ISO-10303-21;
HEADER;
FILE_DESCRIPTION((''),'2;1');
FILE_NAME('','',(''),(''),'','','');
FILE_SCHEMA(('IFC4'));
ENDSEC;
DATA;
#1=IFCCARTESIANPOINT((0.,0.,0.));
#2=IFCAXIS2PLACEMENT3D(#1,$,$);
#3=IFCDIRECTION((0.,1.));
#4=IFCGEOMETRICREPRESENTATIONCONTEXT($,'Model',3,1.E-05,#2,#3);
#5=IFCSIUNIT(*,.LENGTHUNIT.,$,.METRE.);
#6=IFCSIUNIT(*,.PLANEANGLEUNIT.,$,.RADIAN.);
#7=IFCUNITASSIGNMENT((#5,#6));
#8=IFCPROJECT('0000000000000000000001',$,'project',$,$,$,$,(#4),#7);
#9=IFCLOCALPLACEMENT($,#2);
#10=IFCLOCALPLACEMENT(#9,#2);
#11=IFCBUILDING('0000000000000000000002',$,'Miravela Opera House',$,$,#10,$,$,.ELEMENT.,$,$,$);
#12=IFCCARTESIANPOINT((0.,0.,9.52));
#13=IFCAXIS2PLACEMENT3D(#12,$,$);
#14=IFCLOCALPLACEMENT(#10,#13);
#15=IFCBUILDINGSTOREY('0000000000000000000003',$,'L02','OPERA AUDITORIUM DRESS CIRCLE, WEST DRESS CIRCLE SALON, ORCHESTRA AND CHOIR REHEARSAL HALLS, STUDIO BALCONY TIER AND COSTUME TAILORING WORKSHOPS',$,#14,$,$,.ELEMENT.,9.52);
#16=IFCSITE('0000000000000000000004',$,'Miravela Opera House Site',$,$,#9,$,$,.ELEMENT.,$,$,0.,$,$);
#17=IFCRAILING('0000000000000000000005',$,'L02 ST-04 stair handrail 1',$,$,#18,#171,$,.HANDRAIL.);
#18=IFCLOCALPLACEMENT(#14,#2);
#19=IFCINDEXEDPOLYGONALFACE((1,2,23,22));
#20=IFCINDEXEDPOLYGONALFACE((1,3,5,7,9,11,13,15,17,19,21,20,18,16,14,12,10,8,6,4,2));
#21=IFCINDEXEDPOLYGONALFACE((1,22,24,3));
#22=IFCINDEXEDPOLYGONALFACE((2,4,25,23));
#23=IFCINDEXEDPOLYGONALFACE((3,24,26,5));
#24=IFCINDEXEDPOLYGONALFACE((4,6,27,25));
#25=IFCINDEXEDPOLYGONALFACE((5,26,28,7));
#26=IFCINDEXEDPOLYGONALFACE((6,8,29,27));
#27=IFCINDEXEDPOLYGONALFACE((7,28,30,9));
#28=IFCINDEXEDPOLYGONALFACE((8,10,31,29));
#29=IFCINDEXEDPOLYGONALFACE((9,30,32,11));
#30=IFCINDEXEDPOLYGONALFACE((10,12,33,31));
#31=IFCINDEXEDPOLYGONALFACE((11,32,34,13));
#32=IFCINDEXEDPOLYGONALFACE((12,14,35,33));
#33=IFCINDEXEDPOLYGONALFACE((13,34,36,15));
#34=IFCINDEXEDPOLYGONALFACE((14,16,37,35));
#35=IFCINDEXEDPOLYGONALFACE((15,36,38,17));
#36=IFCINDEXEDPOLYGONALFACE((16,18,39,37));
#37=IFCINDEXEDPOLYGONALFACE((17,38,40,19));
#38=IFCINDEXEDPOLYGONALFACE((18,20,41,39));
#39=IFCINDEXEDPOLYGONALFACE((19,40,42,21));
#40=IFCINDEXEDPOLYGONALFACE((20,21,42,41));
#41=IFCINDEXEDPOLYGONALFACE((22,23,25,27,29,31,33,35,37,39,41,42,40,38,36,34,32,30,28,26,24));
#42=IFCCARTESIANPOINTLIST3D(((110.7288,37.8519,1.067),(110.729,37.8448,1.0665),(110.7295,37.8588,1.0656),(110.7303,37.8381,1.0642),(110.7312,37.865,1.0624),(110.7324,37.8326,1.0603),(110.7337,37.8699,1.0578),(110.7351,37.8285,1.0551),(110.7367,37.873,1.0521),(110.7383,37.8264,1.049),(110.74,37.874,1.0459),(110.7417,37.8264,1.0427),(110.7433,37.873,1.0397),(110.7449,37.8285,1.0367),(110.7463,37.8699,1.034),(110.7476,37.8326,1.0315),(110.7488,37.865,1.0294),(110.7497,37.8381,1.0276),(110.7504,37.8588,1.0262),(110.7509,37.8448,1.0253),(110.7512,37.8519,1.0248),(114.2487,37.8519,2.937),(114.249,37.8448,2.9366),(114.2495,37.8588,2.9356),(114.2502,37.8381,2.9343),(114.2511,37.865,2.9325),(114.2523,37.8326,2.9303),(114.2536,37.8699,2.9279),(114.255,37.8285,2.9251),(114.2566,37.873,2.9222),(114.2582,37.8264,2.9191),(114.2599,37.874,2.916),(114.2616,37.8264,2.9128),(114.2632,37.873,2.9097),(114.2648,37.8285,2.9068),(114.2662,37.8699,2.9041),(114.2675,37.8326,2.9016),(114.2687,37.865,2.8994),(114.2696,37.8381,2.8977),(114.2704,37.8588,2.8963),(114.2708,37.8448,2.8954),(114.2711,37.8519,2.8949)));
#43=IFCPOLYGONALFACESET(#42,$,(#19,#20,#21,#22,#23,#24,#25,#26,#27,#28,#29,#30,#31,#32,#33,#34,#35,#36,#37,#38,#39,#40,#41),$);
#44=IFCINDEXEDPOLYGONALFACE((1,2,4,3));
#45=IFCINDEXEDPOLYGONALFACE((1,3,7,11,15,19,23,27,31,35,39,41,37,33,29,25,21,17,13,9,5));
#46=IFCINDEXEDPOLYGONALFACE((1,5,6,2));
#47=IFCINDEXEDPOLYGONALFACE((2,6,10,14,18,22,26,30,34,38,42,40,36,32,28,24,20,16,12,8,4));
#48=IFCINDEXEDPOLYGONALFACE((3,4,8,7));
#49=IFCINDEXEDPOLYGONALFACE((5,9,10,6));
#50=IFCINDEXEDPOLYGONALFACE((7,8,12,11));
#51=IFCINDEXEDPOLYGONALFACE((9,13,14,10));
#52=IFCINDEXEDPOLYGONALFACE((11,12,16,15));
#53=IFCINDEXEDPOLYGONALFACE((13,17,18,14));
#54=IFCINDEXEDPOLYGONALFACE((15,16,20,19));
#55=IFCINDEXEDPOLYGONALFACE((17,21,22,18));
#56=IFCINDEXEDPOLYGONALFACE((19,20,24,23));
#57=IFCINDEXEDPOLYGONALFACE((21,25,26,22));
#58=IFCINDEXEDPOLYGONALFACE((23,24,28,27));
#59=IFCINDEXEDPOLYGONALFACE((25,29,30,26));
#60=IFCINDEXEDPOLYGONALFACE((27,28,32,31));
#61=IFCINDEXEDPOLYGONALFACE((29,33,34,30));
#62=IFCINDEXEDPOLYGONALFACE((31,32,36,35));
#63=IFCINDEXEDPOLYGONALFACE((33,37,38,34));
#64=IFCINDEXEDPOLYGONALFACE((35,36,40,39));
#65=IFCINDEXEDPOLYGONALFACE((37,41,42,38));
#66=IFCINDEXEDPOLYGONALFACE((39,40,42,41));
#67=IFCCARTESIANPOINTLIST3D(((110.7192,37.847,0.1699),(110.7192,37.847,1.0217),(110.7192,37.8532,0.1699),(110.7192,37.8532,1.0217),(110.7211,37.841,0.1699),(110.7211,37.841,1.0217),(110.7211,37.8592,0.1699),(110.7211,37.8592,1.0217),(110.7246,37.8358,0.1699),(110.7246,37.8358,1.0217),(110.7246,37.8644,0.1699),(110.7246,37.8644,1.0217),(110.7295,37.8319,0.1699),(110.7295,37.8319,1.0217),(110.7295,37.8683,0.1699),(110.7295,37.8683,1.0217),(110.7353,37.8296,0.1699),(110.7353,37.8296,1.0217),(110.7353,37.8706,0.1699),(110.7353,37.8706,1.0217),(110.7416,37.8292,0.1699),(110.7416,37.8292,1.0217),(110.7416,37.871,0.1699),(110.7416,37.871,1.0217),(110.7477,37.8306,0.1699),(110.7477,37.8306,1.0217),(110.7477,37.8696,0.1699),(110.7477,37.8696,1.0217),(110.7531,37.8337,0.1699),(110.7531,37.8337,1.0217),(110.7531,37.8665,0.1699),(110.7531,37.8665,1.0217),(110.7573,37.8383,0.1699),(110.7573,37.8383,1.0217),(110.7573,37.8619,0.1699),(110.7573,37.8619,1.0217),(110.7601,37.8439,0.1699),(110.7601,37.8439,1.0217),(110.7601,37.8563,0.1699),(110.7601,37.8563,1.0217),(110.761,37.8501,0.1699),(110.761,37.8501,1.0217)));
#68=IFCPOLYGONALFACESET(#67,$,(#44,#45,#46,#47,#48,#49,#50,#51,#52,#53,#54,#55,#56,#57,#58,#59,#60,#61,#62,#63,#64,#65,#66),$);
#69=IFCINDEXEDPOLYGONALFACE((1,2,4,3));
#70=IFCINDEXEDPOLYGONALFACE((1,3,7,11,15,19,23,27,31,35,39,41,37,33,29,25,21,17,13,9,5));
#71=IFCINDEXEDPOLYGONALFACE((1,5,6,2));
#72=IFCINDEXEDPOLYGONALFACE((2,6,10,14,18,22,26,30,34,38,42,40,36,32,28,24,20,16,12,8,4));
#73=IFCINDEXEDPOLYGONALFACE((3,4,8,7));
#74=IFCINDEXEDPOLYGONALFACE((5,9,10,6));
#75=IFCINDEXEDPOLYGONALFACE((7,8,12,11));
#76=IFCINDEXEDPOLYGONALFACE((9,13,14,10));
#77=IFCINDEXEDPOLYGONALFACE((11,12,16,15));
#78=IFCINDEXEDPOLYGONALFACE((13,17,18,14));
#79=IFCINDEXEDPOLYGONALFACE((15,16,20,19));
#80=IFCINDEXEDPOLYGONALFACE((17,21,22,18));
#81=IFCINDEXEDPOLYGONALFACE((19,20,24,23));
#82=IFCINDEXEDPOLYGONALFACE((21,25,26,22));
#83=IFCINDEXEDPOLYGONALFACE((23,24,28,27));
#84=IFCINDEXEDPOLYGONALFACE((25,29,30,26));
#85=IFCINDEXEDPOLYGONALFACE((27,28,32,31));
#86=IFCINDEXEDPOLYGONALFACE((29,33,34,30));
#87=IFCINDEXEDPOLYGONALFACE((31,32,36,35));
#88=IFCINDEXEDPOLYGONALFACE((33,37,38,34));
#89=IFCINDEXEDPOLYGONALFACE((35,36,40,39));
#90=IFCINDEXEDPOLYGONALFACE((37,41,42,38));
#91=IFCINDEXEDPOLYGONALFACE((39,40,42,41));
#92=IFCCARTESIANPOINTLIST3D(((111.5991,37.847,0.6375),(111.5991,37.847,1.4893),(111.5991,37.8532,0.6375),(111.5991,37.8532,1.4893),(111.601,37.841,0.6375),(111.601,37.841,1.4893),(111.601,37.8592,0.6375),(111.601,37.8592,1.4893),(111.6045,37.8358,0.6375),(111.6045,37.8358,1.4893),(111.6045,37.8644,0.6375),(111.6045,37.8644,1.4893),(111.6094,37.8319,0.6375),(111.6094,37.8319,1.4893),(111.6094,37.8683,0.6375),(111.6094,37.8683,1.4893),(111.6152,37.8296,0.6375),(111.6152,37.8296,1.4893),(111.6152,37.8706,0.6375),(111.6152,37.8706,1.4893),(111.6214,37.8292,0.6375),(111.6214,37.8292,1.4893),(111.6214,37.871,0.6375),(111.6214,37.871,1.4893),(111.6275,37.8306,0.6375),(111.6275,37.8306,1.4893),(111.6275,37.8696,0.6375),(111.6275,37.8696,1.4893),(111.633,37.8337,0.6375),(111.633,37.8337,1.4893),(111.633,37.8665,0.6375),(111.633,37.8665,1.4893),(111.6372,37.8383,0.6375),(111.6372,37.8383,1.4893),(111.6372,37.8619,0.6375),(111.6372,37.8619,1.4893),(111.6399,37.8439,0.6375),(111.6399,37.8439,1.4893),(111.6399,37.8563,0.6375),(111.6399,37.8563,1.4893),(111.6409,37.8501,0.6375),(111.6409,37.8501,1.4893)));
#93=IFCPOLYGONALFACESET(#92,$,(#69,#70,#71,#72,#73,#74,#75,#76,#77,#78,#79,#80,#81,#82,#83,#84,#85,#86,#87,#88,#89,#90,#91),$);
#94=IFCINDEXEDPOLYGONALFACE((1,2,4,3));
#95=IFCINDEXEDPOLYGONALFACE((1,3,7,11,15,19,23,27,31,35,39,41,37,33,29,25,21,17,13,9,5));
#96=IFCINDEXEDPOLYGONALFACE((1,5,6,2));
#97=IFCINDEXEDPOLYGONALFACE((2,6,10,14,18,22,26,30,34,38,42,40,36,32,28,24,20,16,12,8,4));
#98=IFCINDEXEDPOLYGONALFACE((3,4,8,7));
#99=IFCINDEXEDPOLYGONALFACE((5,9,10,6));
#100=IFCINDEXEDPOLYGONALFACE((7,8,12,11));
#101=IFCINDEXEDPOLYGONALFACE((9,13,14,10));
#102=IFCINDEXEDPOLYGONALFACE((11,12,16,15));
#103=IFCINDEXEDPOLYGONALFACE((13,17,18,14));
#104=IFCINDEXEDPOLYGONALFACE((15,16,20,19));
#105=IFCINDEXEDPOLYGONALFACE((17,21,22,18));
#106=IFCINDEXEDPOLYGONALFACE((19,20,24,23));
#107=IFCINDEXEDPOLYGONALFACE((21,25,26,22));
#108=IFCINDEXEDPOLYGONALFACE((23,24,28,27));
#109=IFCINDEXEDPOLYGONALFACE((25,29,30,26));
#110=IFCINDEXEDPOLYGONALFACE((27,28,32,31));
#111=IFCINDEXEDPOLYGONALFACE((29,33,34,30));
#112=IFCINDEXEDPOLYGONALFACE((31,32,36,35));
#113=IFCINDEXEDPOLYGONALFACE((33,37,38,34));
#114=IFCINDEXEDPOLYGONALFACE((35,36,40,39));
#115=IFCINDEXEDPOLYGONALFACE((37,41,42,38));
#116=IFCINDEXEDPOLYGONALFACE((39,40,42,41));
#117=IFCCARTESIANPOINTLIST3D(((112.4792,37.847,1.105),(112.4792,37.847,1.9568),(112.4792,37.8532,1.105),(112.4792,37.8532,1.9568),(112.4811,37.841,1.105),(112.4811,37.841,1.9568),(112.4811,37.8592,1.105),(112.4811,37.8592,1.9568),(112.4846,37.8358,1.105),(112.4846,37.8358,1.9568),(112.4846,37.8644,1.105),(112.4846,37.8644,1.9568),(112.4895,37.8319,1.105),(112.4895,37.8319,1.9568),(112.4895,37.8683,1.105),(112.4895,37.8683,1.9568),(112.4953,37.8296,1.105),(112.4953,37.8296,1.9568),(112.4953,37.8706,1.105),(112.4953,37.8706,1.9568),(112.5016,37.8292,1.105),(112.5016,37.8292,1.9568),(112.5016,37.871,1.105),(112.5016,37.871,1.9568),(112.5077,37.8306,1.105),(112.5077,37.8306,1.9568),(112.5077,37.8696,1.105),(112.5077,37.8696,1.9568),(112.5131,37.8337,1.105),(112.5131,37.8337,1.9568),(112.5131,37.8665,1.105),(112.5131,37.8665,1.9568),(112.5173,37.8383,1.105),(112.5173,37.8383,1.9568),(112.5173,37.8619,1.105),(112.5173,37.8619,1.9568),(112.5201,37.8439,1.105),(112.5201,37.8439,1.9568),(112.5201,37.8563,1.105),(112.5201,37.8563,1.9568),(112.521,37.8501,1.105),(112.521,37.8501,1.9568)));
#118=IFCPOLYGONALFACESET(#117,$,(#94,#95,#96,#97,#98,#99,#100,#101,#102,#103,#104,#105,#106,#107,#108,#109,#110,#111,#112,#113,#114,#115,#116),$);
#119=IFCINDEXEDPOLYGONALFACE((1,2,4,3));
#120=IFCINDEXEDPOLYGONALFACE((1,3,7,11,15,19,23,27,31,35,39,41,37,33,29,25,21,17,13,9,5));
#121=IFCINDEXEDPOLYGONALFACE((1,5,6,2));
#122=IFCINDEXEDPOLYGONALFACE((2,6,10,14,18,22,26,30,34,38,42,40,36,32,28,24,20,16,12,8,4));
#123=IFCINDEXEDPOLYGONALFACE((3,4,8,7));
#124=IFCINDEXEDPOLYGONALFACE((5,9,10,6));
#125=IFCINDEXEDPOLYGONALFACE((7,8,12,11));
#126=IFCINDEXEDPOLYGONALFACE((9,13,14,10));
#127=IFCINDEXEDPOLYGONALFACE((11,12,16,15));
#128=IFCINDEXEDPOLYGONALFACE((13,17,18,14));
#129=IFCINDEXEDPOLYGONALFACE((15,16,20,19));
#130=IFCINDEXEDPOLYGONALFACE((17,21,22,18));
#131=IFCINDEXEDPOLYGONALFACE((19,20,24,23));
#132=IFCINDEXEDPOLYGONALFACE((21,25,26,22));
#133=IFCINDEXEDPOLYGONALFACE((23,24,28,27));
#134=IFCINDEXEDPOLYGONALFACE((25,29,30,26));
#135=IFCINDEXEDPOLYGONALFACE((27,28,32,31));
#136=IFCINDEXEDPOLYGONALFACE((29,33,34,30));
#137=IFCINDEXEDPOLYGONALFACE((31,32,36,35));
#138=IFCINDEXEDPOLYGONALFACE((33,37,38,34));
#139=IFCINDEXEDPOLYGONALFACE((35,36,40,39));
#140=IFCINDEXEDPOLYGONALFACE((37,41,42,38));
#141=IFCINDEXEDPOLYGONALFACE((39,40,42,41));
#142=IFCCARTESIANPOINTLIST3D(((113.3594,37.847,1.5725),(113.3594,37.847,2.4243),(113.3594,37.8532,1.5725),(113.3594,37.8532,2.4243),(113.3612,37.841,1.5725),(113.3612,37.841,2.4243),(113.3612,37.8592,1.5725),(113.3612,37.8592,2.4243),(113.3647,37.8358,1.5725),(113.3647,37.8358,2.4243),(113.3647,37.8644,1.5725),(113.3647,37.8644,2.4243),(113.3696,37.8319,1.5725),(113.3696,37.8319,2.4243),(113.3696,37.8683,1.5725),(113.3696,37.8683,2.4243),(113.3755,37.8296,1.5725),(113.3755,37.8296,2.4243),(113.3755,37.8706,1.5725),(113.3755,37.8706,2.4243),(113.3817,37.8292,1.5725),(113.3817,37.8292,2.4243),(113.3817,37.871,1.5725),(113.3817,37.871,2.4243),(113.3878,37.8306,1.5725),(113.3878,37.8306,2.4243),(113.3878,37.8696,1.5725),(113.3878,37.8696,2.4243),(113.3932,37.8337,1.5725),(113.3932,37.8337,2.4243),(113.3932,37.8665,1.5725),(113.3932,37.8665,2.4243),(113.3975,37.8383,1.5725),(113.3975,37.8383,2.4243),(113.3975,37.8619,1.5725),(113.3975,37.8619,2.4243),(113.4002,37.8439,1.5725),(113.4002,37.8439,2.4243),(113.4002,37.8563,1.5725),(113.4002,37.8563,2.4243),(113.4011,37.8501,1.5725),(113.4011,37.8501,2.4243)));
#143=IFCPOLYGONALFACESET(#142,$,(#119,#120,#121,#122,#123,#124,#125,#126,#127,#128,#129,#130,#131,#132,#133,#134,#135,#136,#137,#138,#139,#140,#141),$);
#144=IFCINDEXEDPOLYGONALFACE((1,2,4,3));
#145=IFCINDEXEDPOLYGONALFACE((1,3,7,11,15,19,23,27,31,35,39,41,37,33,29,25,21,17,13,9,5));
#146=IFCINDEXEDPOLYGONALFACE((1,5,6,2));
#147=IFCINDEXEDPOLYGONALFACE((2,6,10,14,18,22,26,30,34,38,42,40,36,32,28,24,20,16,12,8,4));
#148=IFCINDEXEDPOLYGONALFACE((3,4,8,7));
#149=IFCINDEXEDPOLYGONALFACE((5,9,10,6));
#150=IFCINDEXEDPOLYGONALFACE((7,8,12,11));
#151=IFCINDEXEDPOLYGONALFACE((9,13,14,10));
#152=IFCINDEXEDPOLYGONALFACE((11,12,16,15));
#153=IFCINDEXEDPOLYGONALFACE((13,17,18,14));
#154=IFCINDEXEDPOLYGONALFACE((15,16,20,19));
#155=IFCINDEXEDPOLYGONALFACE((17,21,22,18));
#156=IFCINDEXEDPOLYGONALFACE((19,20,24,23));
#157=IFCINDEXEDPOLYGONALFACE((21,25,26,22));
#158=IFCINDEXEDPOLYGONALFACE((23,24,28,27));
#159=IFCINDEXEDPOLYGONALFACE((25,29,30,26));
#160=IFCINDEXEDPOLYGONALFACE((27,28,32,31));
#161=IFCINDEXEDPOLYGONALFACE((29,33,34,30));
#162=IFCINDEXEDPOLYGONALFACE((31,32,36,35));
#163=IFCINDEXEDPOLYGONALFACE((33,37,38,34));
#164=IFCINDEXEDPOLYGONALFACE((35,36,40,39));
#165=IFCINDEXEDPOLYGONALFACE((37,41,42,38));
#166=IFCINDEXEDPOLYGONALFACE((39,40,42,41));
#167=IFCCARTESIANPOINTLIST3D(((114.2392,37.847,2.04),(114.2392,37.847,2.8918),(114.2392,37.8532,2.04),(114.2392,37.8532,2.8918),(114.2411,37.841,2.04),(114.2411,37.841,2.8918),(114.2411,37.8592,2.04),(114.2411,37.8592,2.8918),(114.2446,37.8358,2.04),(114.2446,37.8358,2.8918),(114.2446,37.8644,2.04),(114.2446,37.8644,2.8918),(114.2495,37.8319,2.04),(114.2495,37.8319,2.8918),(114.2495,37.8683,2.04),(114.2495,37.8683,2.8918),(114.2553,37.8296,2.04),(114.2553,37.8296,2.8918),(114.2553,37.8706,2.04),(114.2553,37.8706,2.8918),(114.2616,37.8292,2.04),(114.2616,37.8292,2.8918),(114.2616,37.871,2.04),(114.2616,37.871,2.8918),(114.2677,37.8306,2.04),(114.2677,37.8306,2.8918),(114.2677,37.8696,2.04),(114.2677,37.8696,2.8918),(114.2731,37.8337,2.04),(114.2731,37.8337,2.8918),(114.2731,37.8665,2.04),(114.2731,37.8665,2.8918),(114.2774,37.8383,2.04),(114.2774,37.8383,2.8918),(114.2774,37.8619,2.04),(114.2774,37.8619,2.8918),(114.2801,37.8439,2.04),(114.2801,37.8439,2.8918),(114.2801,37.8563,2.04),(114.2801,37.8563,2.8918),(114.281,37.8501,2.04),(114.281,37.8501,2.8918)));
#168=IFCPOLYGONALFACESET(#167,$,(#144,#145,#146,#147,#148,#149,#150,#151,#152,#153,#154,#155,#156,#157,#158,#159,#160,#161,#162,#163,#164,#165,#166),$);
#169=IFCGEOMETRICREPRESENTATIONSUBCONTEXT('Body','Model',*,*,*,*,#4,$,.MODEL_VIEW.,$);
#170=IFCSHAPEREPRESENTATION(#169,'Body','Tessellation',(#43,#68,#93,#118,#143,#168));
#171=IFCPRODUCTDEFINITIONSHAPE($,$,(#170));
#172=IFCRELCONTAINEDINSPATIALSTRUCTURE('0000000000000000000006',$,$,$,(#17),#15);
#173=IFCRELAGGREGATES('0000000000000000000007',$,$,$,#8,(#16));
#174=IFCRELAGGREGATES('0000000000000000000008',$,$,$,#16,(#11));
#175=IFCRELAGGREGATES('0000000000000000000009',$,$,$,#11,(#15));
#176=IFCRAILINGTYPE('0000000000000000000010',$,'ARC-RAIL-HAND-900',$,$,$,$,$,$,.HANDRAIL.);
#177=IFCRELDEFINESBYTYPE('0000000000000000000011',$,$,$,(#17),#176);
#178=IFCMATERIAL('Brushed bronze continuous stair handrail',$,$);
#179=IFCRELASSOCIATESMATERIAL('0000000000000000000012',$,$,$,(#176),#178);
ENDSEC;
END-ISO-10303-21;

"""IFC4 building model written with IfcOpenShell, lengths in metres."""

from ifc_helpers import new_model, si_unit, direction, frame, origin, origin_2d, place, context, subcontext, project, spatial, circle, extrude, material, type_object, element, save


model = new_model("IFC4")

# Units and contexts
model_context = context("Model", 3, precision=1e-05, world=origin(), true_north=direction((0.0, 1.0)))
body_context = subcontext(model_context, "Body", "Model", "MODEL_VIEW")
ifc_project = project(units=[si_unit("LENGTHUNIT", "METRE"), si_unit("PLANEANGLEUNIT", "RADIAN")], contexts=[model_context])

# Site, building, storey
site_placement = place(None, origin())
site = spatial("IfcSite", under=ifc_project, at=site_placement, Name="Miravela Opera House Site", CompositionType="ELEMENT", RefElevation=0.0)
building_placement = place(site_placement, origin())
building = spatial("IfcBuilding", under=site, at=building_placement, Name="Miravela Opera House", CompositionType="ELEMENT")
storey_placement = place(building_placement, frame((0.0, 0.0, 9.52)))
storey = spatial("IfcBuildingStorey", under=building, at=storey_placement, Name="L02", Description="OPERA AUDITORIUM DRESS CIRCLE, WEST DRESS CIRCLE SALON, ORCHESTRA AND CHOIR REHEARSAL HALLS, STUDIO BALCONY TIER AND COSTUME TAILORING WORKSHOPS", CompositionType="ELEMENT", Elevation=9.52)

# Railing
ifc_material_1 = material(Name="Brushed bronze continuous stair handrail")
railing_type_1 = type_object("IfcRailingType", Name="ARC-RAIL-HAND-900", PredefinedType="HANDRAIL", material=ifc_material_1)
railing_1_placement = place(storey_placement, frame((110.74, 37.8501, 0.1699)))
element("IfcRailing", 1, at=railing_1_placement, inside=storey, type_object=railing_type_1, Name="L02 ST-04 stair handrail 1", PredefinedType="HANDRAIL", context=body_context, shape_type="SweptSolid", body=[
    extrude(circle(Radius=0.0239, at=origin_2d()), frame((0.0, 0.0, 0.876), z_axis=(0.883105, 0.0, 0.469176), x_axis=(0.0, 1.0, 0.0)), (0.0, 0.0, 1.0), 3.9858),
    extrude(circle(Radius=0.021, at=origin_2d()), origin(), (0.0, 0.0, 1.0), 0.8518),
    extrude(circle(Radius=0.021, at=origin_2d()), frame((0.8799, 0.0, 0.4675)), (0.0, 0.0, 1.0), 0.8518),
    extrude(circle(Radius=0.021, at=origin_2d()), frame((1.76, 0.0, 0.9351)), (0.0, 0.0, 1.0), 0.8518),
    extrude(circle(Radius=0.021, at=origin_2d()), frame((2.6401, 0.0, 1.4026)), (0.0, 0.0, 1.0), 0.8518),
    extrude(circle(Radius=0.021, at=origin_2d()), frame((3.52, 0.0, 1.8701)), (0.0, 0.0, 1.0), 0.8518),
])

save(model, "model.ifc")
